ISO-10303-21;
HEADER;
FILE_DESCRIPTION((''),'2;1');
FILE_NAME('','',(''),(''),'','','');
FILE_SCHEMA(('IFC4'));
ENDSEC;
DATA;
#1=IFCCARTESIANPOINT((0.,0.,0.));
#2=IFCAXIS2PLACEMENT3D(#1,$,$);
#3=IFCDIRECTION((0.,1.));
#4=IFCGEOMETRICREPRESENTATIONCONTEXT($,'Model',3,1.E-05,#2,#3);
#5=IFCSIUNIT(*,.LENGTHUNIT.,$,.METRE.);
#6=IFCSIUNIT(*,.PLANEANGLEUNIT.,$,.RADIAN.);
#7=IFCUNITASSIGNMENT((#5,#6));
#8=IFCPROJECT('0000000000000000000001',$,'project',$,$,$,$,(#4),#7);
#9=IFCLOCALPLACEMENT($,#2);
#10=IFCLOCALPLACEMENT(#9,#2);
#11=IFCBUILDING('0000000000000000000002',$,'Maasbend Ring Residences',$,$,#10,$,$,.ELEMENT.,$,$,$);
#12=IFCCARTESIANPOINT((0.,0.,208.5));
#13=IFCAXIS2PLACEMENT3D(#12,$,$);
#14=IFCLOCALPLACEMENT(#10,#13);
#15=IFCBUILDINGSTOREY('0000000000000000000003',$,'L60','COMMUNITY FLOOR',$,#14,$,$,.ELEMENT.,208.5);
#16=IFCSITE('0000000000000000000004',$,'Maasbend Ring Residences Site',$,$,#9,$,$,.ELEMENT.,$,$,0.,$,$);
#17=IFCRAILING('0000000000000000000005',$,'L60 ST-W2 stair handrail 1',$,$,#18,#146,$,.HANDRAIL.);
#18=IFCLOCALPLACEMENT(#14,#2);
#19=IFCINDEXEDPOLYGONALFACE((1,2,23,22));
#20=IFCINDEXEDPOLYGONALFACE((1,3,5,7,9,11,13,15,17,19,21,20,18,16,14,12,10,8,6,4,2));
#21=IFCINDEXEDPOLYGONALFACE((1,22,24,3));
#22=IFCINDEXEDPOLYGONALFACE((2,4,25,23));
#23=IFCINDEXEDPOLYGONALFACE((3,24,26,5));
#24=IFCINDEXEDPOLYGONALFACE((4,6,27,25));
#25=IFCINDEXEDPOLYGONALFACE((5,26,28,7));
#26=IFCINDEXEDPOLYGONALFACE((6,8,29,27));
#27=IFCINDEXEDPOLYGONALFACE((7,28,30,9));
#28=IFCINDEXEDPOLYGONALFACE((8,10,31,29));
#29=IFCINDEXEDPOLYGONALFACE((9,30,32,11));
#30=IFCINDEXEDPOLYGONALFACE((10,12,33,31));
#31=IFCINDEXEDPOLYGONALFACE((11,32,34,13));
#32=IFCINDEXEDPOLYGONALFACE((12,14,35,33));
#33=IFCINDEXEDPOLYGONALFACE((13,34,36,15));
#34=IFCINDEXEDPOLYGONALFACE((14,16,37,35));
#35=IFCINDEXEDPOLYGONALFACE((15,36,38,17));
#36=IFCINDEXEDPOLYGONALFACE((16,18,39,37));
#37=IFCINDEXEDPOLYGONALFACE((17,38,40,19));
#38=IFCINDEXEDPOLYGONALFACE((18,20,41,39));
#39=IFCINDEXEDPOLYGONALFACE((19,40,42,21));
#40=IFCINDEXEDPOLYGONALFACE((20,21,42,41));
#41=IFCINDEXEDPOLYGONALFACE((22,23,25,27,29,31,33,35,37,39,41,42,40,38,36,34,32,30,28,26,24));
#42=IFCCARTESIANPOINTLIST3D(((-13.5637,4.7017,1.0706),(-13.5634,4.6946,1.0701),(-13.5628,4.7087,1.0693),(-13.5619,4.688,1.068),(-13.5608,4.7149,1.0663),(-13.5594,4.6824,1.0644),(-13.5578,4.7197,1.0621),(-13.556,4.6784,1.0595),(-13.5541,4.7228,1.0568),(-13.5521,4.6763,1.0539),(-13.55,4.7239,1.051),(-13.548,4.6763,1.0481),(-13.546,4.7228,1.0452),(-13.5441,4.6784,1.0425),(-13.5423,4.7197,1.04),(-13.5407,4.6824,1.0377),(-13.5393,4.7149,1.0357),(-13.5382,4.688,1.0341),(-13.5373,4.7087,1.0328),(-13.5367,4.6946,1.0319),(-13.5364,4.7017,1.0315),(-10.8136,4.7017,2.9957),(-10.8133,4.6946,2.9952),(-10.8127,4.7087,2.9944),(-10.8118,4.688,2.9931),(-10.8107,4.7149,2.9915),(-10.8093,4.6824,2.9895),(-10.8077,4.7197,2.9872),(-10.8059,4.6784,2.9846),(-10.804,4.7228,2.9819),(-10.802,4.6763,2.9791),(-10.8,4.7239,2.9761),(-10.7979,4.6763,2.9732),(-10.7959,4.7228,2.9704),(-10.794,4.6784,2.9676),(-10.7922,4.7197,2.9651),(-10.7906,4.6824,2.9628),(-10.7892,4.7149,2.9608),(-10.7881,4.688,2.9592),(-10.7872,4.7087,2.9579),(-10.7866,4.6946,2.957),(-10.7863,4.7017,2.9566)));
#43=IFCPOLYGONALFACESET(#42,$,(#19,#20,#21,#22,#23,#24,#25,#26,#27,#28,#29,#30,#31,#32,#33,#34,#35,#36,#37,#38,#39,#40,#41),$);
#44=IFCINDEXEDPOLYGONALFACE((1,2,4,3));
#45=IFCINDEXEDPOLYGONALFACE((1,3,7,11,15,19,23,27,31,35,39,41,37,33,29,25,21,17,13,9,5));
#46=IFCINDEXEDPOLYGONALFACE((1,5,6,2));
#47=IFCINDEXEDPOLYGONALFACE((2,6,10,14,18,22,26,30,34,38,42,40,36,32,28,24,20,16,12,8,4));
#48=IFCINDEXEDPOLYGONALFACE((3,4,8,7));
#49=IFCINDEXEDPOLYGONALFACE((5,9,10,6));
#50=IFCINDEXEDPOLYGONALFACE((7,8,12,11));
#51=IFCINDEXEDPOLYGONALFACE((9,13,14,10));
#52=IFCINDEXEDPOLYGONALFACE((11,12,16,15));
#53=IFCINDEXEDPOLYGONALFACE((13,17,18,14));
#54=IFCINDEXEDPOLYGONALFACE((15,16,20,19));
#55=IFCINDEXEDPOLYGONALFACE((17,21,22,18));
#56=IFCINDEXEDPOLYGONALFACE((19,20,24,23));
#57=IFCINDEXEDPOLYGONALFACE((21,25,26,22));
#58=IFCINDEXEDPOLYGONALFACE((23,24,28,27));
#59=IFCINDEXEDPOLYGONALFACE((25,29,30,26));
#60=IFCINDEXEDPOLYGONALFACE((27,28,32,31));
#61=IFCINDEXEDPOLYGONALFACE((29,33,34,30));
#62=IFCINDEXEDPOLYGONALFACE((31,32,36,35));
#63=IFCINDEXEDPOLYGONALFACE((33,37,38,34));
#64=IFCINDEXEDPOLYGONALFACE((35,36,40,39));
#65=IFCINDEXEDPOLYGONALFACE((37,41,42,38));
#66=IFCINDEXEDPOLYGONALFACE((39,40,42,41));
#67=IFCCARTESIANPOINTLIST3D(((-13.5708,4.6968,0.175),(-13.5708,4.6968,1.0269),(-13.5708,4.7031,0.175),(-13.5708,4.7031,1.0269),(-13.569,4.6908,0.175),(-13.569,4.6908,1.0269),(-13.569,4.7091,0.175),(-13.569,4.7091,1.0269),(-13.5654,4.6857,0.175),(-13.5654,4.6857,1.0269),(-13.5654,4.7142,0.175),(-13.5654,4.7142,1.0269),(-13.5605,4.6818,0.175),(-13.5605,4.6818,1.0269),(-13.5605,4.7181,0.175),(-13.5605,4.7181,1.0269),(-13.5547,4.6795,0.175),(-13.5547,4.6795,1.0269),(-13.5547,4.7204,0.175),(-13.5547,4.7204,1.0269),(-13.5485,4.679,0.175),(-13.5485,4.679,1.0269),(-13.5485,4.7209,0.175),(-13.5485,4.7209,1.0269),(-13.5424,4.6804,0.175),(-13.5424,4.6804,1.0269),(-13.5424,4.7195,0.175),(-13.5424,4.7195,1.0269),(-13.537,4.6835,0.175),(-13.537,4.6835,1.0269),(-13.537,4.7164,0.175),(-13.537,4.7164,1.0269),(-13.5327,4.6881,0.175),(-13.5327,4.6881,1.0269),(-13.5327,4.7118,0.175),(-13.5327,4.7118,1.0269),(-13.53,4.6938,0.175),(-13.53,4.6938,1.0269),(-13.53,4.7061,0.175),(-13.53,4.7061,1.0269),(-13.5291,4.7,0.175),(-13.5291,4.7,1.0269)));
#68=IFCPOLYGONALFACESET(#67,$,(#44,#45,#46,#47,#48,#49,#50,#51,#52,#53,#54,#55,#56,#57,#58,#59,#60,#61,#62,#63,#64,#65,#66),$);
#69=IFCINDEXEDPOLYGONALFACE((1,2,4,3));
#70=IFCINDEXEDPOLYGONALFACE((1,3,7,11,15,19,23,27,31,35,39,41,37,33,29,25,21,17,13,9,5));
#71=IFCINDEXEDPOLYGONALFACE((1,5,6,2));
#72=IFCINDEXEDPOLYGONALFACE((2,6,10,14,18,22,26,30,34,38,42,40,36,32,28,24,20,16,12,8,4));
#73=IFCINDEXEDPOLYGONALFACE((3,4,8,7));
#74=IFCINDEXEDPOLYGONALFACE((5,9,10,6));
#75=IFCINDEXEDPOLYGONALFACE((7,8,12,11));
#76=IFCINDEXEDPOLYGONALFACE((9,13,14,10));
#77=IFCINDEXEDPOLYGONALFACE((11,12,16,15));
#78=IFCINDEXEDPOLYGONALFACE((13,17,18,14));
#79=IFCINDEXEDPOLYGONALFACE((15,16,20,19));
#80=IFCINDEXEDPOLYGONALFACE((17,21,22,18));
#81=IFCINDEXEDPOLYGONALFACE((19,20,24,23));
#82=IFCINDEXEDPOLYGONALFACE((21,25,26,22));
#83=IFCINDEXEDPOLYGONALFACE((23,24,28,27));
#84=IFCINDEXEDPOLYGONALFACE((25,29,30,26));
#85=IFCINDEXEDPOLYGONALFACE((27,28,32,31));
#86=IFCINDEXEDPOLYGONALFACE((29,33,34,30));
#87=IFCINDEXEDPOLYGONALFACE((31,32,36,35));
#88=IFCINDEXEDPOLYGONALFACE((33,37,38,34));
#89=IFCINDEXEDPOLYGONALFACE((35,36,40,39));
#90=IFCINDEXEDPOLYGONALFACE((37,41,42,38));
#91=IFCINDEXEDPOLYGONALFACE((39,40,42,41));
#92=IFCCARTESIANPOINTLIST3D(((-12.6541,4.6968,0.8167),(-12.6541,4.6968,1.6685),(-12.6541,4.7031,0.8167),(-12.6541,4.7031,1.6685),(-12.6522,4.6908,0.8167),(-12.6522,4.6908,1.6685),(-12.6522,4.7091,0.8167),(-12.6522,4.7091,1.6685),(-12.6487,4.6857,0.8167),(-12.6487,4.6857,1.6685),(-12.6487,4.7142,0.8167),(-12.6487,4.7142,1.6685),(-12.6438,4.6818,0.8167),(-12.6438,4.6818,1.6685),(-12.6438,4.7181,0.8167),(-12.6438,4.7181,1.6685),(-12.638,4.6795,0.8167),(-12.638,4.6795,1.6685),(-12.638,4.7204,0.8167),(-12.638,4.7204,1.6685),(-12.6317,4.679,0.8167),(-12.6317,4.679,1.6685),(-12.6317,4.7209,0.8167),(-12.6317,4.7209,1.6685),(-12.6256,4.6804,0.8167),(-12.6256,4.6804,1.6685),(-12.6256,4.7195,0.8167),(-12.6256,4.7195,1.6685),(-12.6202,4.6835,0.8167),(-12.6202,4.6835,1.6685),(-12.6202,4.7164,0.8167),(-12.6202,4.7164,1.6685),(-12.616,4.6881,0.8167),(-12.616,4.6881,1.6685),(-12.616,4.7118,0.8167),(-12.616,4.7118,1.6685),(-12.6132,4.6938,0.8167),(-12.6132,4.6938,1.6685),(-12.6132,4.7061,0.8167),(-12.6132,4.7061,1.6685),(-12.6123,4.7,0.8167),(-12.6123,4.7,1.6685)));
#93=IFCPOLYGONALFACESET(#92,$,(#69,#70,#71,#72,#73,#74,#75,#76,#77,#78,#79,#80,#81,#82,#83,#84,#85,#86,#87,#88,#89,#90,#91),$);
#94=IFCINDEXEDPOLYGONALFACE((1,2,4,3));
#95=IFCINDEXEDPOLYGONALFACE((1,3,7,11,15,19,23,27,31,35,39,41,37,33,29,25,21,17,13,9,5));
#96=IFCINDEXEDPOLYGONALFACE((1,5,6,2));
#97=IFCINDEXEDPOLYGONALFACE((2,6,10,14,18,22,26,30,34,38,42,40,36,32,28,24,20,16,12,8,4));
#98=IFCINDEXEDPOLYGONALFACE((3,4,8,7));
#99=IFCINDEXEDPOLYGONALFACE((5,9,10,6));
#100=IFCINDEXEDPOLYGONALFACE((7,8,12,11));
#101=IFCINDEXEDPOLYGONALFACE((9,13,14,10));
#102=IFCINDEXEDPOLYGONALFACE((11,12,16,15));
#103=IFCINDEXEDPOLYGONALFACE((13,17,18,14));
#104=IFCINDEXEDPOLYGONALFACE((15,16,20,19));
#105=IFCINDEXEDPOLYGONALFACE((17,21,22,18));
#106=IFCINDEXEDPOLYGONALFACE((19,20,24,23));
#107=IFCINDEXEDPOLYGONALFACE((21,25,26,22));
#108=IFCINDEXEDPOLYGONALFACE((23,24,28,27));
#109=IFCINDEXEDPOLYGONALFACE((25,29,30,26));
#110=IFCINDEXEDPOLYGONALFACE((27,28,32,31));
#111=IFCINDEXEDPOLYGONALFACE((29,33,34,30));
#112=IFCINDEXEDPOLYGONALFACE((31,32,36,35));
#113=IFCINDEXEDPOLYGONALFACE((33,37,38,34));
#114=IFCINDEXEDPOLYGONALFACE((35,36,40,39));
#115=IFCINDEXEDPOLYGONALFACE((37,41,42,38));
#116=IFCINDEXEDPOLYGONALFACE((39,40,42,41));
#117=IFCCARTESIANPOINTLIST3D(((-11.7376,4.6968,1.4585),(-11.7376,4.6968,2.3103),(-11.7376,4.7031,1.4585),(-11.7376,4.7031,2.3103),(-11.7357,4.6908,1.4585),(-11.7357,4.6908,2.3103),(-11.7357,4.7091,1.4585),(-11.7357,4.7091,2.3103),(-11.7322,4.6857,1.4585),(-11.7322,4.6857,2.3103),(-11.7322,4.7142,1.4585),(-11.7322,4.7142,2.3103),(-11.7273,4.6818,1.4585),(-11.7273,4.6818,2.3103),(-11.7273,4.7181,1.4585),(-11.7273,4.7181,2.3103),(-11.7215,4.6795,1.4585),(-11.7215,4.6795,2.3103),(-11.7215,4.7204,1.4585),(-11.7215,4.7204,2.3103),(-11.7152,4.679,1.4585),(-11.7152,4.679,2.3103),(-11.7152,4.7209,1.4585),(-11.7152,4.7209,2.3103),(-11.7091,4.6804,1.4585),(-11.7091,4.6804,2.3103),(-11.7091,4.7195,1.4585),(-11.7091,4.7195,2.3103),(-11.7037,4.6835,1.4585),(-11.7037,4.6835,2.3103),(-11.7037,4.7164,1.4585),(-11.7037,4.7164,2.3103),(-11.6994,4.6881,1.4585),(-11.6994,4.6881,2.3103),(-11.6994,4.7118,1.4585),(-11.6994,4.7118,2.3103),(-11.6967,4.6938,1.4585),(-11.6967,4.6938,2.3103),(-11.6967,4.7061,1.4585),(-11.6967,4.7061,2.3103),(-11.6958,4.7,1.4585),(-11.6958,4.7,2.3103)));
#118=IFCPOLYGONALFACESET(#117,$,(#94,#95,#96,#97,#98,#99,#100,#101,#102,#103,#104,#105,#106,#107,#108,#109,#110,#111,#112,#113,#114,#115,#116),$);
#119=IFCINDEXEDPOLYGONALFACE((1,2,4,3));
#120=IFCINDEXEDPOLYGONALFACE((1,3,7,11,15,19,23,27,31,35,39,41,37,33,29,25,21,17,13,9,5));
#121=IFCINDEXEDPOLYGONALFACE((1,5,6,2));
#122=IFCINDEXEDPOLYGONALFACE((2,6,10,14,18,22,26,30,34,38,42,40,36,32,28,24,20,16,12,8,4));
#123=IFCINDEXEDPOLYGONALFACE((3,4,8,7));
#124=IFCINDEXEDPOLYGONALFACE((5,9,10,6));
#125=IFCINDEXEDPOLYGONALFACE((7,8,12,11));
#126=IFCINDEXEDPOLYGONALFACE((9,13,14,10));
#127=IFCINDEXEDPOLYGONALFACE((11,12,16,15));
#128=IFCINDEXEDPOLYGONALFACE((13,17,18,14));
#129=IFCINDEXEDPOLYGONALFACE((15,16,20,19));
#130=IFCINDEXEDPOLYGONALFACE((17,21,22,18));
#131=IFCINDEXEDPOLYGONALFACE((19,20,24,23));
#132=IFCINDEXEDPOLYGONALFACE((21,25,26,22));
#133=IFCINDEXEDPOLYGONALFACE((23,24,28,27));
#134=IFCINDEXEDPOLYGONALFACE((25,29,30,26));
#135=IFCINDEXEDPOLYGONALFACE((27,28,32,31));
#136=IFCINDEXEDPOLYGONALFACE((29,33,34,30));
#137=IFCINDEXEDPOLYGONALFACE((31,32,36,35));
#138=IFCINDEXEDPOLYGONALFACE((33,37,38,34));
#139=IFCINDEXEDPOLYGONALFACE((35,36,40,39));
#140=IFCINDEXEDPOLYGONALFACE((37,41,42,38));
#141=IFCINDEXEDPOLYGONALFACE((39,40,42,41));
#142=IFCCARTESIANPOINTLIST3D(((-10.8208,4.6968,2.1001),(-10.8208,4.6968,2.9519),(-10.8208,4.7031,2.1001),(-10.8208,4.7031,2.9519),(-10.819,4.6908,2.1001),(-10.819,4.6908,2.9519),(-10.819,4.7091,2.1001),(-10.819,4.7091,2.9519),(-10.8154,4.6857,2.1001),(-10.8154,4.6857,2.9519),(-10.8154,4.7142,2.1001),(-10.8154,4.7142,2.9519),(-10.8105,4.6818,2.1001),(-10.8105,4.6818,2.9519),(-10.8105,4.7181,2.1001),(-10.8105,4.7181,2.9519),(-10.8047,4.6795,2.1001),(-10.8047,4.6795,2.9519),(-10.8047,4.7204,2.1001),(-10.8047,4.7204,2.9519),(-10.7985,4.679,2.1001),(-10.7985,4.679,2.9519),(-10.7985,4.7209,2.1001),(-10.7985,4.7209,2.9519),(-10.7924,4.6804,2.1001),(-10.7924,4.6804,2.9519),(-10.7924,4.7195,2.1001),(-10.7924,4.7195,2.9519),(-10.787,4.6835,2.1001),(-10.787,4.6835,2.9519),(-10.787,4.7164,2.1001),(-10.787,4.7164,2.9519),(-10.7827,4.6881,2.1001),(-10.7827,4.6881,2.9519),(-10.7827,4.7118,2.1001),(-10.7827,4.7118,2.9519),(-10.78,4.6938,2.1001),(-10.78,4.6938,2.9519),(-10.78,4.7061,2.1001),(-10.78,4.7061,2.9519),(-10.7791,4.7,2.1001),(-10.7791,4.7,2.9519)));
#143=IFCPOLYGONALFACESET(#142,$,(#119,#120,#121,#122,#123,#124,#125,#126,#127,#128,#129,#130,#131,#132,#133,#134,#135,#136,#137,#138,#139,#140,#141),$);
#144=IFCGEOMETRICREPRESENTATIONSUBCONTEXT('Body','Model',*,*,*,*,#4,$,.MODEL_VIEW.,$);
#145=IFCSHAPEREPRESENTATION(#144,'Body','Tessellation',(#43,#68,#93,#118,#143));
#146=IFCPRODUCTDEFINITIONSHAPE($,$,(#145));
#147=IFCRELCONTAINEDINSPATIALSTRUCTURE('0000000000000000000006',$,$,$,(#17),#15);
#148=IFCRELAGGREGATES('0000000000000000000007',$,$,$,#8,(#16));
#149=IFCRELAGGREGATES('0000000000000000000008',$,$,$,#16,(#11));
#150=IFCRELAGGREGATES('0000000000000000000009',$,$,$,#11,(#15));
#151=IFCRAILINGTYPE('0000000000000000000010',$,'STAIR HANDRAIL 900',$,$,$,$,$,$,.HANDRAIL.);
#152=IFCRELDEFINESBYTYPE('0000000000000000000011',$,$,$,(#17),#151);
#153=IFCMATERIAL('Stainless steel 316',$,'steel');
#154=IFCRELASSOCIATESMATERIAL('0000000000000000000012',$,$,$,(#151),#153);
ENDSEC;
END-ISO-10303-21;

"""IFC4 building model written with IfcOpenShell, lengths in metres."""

from ifc_helpers import new_model, si_unit, direction, frame, origin, origin_2d, place, context, subcontext, project, spatial, circle, extrude, material, type_object, element, save


model = new_model("IFC4")

# Units and contexts
model_context = context("Model", 3, precision=1e-05, world=origin(), true_north=direction((0.0, 1.0)))
body_context = subcontext(model_context, "Body", "Model", "MODEL_VIEW")
ifc_project = project(units=[si_unit("LENGTHUNIT", "METRE"), si_unit("PLANEANGLEUNIT", "RADIAN")], contexts=[model_context])

# Site, building, storey
site_placement = place(None, origin())
site = spatial("IfcSite", under=ifc_project, at=site_placement, Name="Maasbend Ring Residences Site", CompositionType="ELEMENT", RefElevation=0.0)
building_placement = place(site_placement, origin())
building = spatial("IfcBuilding", under=site, at=building_placement, Name="Maasbend Ring Residences", CompositionType="ELEMENT")
storey_placement = place(building_placement, frame((0.0, 0.0, 208.5)))
storey = spatial("IfcBuildingStorey", under=building, at=storey_placement, Name="L60", Description="COMMUNITY FLOOR", CompositionType="ELEMENT", Elevation=208.5)

# Railing
ifc_material_1 = material(Name="Stainless steel 316", Category="steel")
railing_type_1 = type_object("IfcRailingType", Name="STAIR HANDRAIL 900", PredefinedType="HANDRAIL", material=ifc_material_1)
railing_1_placement = place(storey_placement, frame((-13.55, 4.7, 0.175)))
element("IfcRailing", 1, at=railing_1_placement, inside=storey, type_object=railing_type_1, Name="L60 ST-W2 stair handrail 1", PredefinedType="HANDRAIL", context=body_context, shape_type="SweptSolid", body=[
    extrude(circle(Radius=0.0239, at=origin_2d()), frame((0.0, 0.0, 0.876), z_axis=(0.819225, 0.0, 0.573472), x_axis=(0.0, 1.0, 0.0)), (0.0, 0.0, 1.0), 3.3569),
    extrude(circle(Radius=0.021, at=origin_2d()), origin(), (0.0, 0.0, 1.0), 0.8518),
    extrude(circle(Radius=0.021, at=origin_2d()), frame((0.9167, 0.0, 0.6416)), (0.0, 0.0, 1.0), 0.8518),
    extrude(circle(Radius=0.021, at=origin_2d()), frame((1.8333, 0.0, 1.2834)), (0.0, 0.0, 1.0), 0.8518),
    extrude(circle(Radius=0.021, at=origin_2d()), frame((2.75, 0.0, 1.925)), (0.0, 0.0, 1.0), 0.8518),
])

save(model, "model.ifc")
